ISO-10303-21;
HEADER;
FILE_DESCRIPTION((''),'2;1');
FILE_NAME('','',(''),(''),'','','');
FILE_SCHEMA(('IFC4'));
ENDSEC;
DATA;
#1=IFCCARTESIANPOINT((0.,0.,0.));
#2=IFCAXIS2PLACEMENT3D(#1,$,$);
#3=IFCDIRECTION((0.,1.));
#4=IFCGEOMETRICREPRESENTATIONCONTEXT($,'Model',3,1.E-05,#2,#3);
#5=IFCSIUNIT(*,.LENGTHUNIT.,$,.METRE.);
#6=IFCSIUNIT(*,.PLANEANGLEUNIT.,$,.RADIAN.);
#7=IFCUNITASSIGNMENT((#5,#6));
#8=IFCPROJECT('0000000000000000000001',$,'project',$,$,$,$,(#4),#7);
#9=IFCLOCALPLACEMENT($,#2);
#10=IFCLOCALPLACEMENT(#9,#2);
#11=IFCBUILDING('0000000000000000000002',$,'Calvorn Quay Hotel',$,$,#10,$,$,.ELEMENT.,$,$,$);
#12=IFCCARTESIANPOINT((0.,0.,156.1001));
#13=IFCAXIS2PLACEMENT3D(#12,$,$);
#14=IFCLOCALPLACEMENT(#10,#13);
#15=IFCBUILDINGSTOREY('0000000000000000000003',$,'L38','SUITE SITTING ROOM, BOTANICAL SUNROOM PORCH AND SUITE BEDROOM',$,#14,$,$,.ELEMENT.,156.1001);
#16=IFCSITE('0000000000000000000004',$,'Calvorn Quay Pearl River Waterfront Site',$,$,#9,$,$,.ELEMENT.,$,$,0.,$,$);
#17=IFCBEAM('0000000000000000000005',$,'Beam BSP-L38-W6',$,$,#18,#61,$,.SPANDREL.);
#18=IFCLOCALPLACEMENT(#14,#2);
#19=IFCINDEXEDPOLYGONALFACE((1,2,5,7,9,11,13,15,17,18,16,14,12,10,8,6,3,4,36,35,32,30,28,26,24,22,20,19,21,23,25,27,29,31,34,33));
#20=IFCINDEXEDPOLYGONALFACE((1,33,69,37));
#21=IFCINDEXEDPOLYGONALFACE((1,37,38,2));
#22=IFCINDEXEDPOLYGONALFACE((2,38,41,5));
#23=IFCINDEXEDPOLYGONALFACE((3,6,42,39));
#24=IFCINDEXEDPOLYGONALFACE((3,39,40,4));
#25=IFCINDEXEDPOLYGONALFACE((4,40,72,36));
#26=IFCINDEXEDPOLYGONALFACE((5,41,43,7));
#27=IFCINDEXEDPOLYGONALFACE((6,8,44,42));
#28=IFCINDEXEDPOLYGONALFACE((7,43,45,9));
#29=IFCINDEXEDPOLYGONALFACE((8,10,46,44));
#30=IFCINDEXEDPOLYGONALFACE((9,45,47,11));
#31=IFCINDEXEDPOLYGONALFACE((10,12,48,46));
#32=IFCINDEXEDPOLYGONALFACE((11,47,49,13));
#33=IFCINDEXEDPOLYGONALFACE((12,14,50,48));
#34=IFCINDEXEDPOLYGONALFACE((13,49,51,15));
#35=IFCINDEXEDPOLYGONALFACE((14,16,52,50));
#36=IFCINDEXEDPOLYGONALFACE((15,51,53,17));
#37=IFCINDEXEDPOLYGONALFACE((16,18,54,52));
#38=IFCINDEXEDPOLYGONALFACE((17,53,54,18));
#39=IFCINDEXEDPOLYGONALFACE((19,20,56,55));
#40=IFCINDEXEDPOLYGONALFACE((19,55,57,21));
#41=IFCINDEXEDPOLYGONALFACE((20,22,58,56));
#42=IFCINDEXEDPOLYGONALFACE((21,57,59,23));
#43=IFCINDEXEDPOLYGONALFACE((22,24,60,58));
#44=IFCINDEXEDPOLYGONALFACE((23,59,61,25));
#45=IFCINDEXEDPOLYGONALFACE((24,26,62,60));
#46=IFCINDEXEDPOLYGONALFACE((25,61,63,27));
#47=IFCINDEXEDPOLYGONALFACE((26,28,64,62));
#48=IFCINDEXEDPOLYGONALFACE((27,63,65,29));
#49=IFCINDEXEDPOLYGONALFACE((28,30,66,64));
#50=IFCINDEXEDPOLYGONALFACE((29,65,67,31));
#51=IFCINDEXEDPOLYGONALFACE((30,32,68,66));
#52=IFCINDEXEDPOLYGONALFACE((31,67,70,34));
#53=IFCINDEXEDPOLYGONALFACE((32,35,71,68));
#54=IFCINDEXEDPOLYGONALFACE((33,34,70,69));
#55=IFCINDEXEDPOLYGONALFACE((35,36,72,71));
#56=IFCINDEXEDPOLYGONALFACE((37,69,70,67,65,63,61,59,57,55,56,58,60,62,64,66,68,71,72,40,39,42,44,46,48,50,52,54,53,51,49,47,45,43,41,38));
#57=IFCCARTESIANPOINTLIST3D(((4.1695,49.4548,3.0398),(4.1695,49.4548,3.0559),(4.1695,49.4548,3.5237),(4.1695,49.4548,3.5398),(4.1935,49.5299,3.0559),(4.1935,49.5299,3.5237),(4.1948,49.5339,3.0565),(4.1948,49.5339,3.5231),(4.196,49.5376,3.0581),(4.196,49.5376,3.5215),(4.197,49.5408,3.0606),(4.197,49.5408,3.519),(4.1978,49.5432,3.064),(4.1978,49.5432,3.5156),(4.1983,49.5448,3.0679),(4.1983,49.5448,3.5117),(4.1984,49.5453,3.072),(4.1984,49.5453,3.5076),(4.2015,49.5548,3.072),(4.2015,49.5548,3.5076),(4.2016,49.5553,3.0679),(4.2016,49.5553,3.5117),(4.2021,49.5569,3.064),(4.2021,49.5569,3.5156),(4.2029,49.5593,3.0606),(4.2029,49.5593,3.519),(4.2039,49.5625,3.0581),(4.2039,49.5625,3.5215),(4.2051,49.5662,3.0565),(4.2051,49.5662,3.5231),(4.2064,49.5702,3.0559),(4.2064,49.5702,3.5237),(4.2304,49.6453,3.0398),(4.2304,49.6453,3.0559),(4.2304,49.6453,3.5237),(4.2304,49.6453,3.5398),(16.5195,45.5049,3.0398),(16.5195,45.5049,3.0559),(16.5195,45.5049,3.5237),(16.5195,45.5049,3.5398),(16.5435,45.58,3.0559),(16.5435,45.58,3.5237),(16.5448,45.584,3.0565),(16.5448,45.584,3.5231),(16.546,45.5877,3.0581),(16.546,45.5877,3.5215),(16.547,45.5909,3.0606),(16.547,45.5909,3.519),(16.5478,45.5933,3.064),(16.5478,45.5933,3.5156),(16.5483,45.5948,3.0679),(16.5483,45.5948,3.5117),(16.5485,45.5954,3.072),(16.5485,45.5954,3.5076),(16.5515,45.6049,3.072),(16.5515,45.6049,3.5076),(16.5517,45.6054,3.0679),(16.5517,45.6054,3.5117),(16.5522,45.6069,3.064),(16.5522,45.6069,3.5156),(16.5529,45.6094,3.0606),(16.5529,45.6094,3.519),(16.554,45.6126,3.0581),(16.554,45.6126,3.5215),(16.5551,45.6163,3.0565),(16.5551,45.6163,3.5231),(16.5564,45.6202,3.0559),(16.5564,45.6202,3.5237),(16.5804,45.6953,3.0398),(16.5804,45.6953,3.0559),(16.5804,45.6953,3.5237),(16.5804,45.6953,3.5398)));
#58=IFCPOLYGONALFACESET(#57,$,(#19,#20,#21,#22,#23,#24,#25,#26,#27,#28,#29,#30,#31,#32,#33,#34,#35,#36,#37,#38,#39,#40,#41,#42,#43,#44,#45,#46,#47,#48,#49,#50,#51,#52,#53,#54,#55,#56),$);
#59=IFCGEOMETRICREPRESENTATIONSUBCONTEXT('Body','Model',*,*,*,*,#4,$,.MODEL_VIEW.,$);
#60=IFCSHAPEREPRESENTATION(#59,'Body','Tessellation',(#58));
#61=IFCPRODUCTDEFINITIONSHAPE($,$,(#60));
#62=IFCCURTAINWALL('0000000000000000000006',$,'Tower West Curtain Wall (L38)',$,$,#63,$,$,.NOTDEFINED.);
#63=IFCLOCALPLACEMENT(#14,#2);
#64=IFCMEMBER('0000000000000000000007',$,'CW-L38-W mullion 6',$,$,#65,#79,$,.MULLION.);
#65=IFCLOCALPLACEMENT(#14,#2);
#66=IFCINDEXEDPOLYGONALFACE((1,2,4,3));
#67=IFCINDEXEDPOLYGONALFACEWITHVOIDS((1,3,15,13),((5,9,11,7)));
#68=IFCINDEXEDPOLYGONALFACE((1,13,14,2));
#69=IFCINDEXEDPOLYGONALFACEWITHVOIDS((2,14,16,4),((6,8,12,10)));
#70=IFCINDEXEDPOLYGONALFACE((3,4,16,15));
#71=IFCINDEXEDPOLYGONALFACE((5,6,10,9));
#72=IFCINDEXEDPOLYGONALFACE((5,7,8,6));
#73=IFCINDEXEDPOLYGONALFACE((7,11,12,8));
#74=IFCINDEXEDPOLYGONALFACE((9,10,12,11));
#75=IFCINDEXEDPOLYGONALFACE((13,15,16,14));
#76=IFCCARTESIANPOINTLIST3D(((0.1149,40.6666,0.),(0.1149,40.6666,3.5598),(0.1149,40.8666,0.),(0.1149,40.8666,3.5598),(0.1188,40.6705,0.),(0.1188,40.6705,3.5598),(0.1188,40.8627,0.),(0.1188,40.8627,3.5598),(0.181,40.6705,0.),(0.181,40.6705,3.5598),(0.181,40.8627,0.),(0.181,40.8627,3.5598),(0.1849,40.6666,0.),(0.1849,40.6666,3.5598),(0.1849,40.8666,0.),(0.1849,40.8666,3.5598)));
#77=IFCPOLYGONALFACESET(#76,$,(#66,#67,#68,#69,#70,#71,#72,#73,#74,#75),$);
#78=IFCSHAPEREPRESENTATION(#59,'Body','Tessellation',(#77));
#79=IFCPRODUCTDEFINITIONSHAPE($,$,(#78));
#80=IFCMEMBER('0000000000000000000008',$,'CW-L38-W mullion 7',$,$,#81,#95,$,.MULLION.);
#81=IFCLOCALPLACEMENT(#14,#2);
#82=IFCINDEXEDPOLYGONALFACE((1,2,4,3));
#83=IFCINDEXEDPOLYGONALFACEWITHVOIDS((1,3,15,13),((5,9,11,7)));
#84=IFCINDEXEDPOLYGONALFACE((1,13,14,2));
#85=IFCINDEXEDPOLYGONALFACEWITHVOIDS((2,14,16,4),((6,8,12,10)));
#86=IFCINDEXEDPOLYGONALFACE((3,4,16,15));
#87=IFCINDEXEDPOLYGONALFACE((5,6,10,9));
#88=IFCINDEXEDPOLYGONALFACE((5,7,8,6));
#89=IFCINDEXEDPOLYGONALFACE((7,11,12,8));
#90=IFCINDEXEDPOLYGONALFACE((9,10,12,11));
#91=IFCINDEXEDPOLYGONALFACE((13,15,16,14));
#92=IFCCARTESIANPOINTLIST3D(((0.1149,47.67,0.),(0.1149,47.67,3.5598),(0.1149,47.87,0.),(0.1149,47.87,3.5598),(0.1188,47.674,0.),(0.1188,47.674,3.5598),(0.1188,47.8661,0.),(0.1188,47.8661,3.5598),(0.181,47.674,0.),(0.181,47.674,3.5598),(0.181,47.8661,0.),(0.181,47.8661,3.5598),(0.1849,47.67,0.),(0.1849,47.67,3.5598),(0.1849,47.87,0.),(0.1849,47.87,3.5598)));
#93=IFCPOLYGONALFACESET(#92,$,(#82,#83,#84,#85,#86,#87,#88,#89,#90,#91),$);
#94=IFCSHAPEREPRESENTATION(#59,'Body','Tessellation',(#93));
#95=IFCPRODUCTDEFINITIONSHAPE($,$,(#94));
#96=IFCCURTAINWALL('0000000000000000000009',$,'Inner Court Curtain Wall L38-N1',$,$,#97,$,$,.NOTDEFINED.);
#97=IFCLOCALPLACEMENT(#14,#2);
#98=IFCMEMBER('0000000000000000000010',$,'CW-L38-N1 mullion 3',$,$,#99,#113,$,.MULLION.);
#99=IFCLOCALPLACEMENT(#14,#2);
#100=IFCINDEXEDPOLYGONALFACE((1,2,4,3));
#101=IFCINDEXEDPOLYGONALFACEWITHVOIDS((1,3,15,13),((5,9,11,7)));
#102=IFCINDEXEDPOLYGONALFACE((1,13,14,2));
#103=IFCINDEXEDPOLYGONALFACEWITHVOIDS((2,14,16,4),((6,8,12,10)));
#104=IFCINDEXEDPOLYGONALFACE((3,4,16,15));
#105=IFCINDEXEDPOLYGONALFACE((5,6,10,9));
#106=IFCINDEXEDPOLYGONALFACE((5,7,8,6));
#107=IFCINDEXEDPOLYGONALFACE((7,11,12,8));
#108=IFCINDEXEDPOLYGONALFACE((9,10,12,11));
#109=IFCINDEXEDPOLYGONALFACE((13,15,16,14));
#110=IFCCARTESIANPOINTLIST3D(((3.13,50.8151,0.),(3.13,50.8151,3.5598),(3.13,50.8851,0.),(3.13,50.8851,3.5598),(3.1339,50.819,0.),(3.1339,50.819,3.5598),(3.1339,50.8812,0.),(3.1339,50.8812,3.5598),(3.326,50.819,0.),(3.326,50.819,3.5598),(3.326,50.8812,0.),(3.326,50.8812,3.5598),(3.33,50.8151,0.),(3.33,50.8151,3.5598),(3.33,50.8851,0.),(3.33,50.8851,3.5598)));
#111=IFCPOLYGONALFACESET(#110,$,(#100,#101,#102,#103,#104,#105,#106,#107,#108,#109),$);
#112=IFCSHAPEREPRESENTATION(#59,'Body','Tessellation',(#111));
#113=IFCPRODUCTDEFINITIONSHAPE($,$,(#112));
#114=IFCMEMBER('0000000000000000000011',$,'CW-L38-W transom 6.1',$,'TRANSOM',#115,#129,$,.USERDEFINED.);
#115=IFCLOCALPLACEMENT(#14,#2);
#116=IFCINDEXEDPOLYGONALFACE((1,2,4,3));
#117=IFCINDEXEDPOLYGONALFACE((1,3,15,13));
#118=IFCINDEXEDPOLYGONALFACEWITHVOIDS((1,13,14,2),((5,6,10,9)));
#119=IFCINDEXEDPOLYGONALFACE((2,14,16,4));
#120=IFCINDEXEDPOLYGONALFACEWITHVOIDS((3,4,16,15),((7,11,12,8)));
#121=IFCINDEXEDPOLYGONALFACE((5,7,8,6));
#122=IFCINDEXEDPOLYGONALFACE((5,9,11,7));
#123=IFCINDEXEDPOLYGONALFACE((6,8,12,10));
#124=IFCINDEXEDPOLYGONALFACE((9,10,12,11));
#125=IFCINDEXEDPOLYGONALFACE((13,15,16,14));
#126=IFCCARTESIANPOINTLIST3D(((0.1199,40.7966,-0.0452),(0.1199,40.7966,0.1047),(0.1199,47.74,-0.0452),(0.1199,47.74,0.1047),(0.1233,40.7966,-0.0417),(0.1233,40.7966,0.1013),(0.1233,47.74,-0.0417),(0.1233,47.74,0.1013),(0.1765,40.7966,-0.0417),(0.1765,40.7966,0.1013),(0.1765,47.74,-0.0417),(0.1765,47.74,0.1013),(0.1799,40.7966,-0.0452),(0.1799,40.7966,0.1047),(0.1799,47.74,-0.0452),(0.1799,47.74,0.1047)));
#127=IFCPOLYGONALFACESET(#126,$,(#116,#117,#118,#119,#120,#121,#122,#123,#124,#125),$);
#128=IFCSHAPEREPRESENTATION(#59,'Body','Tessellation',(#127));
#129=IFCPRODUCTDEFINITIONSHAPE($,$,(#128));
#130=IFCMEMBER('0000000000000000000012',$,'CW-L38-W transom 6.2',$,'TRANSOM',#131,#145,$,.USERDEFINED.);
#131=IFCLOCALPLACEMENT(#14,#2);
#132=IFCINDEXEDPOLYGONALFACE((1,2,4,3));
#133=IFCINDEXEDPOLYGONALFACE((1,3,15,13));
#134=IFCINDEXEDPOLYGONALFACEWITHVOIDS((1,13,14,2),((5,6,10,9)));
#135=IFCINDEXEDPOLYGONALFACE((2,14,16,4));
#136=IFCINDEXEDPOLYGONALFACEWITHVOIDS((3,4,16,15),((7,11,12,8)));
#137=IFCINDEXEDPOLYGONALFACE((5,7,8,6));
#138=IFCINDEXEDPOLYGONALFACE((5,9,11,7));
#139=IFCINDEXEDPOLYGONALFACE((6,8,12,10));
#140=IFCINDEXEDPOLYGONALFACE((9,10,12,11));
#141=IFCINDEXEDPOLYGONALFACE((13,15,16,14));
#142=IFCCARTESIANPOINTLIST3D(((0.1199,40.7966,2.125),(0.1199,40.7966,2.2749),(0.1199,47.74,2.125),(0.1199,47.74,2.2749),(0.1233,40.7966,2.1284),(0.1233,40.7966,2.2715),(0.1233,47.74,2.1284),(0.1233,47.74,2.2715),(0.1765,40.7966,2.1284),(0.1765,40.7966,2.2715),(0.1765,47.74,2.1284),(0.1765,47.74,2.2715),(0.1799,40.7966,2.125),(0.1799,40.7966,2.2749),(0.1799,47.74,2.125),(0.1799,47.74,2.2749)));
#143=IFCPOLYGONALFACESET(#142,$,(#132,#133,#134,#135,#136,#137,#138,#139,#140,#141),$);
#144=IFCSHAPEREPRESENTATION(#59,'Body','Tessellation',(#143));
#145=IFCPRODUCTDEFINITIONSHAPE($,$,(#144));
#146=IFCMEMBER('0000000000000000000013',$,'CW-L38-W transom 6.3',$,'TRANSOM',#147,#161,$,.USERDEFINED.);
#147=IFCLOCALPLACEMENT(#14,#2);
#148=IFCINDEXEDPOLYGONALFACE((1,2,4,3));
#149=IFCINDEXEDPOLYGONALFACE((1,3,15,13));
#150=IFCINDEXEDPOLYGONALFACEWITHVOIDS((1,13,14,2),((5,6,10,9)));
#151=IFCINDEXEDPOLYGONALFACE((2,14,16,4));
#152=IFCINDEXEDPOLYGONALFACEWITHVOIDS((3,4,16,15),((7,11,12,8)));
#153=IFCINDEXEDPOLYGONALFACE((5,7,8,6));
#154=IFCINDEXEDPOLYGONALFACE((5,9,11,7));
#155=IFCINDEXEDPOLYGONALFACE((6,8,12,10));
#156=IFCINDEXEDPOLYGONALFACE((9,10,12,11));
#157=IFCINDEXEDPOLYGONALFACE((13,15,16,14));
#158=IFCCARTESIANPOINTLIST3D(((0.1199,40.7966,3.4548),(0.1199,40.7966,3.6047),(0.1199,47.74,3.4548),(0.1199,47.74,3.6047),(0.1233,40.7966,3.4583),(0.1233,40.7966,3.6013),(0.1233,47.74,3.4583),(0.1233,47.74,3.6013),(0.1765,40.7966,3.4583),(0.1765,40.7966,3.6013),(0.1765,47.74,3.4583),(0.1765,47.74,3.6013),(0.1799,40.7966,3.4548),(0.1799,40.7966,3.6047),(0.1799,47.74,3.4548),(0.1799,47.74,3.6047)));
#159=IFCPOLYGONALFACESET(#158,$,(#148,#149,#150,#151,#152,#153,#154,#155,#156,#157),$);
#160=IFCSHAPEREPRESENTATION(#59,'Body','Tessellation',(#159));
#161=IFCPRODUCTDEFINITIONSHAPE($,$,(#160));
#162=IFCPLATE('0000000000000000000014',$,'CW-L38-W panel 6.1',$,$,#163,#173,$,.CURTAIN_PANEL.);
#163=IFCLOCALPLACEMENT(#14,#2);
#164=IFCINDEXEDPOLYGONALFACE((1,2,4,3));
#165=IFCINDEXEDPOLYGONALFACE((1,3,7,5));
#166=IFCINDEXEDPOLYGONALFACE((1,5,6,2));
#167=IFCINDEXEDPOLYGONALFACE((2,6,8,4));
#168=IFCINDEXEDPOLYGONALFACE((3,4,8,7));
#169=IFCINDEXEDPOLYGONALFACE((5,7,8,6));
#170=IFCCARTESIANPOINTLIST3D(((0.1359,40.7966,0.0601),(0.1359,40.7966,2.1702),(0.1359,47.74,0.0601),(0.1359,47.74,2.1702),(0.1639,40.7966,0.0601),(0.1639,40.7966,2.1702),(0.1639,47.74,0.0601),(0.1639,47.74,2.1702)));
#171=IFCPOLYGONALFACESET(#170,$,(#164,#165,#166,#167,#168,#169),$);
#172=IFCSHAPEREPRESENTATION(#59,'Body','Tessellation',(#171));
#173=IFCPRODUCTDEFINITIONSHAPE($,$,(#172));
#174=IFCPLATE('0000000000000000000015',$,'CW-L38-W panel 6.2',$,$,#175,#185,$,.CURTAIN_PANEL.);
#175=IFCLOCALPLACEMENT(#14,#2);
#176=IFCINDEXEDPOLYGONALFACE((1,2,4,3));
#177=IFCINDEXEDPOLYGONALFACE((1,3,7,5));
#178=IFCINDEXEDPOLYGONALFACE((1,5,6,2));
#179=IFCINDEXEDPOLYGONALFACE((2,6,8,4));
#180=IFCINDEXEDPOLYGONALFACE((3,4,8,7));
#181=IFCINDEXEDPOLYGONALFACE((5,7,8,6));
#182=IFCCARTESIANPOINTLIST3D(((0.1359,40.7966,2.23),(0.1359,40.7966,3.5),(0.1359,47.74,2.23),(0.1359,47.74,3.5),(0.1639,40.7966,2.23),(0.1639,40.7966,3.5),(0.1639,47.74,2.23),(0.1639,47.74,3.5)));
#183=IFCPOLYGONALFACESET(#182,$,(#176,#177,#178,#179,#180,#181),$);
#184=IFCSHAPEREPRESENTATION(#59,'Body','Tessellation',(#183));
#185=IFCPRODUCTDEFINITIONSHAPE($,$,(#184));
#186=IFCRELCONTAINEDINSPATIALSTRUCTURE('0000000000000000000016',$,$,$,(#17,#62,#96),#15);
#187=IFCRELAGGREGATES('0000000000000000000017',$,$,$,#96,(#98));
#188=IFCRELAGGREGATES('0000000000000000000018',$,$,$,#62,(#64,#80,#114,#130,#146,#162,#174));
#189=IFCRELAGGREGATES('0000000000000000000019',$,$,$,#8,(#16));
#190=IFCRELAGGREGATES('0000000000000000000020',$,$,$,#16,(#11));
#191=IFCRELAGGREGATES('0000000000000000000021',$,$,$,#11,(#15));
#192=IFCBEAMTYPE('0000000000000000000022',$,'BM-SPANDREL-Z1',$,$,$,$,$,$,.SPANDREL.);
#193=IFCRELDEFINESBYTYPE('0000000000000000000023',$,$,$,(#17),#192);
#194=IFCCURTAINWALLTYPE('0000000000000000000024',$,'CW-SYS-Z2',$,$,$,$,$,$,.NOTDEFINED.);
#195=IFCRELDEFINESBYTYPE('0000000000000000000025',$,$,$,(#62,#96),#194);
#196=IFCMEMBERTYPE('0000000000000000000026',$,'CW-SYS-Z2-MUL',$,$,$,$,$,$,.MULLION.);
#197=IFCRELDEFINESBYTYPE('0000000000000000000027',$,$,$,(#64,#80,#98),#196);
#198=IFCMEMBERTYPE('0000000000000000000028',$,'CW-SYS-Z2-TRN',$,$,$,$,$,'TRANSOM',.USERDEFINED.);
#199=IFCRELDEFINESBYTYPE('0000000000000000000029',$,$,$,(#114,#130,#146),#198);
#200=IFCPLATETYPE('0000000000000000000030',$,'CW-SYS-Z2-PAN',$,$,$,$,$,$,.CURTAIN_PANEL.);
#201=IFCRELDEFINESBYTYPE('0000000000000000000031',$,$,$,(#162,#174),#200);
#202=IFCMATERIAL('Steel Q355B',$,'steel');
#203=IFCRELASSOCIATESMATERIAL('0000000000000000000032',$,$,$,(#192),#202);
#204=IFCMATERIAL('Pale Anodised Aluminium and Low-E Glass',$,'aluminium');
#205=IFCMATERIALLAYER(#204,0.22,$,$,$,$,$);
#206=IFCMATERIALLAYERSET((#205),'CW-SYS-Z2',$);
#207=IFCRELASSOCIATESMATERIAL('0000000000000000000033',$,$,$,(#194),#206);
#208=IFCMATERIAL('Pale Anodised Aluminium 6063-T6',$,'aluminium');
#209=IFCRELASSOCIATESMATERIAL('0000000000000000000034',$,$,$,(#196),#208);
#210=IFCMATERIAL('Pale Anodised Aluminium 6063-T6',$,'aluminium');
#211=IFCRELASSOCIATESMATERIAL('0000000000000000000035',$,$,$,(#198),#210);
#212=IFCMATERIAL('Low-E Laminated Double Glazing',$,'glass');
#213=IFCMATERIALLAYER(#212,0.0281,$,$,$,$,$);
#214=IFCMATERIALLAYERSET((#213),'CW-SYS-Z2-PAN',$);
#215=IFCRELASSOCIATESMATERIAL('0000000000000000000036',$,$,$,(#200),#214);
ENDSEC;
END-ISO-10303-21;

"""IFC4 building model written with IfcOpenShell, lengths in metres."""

from ifc_helpers import new_model, si_unit, direction, frame, origin, origin_2d, place, context, subcontext, project, spatial, rectangle, hollow_rectangle, i_section, extrude, material, layer, layer_set, material_profile, profile_set, type_object, element, aggregate, save


model = new_model("IFC4")

# Units and contexts
model_context = context("Model", 3, precision=1e-05, world=origin(), true_north=direction((0.0, 1.0)))
body_context = subcontext(model_context, "Body", "Model", "MODEL_VIEW")
ifc_project = project(units=[si_unit("LENGTHUNIT", "METRE"), si_unit("PLANEANGLEUNIT", "RADIAN")], contexts=[model_context])

# Site, building, storey
site_placement = place(None, origin())
site = spatial("IfcSite", under=ifc_project, at=site_placement, Name="Calvorn Quay Pearl River Waterfront Site", CompositionType="ELEMENT", RefElevation=0.0)
building_placement = place(site_placement, origin())
building = spatial("IfcBuilding", under=site, at=building_placement, Name="Calvorn Quay Hotel", CompositionType="ELEMENT")
storey_placement = place(building_placement, frame((0.0, 0.0, 156.1001)))
storey = spatial("IfcBuildingStorey", under=building, at=storey_placement, Name="L38", Description="SUITE SITTING ROOM, BOTANICAL SUNROOM PORCH AND SUITE BEDROOM", CompositionType="ELEMENT", Elevation=156.1001)

# Beam
ifc_material_1 = material(Name="Steel Q355B", Category="steel")
ifc_material_profile_1 = material_profile(ifc_material_1, i_section(OverallWidth=0.2, OverallDepth=0.5, WebThickness=0.01, FlangeThickness=0.0161, FilletRadius=0.0161, at=origin_2d()), Name="HN500x200x10x16")
ifc_profile_set_1 = profile_set([ifc_material_profile_1], Name="Steel Q355B")
beam_type_1 = type_object("IfcBeamType", Name="BM-SPANDREL-Z1", PredefinedType="SPANDREL", material=ifc_profile_set_1)
beam_1_placement = place(storey_placement, frame((4.2, 49.55, 3.2898), z_axis=(0.952471, -0.30463, 0.0), x_axis=(0.30463, 0.952471, 0.0)))
element("IfcBeam", 1, at=beam_1_placement, inside=storey, type_object=beam_type_1, Name="Beam BSP-L38-W6", PredefinedType="SPANDREL", context=body_context, shape_type="SweptSolid", body=[
    extrude(i_section(OverallWidth=0.2, OverallDepth=0.5, WebThickness=0.01, FlangeThickness=0.0161, FilletRadius=0.0161, at=origin_2d()), origin(), (0.0, 0.0, 1.0), 12.9663),
])

# Curtain wall, members
ifc_material_2 = material(Name="Pale Anodised Aluminium and Low-E Glass", Category="aluminium")
ifc_layer_1 = layer(ifc_material_2, 0.22)
ifc_layer_set_1 = layer_set([ifc_layer_1], Name="CW-SYS-Z2")
curtain_wall_type = type_object("IfcCurtainWallType", Name="CW-SYS-Z2", PredefinedType="NOTDEFINED", material=ifc_layer_set_1)
curtain_wall_1_placement = place(storey_placement, origin())
curtain_wall_1 = element("IfcCurtainWall", 2, at=curtain_wall_1_placement, inside=storey, type_object=curtain_wall_type, Name="Tower West Curtain Wall (L38)", PredefinedType="NOTDEFINED")
ifc_material_3 = material(Name="Pale Anodised Aluminium 6063-T6", Category="aluminium")
ifc_material_profile_2 = material_profile(ifc_material_3, hollow_rectangle(XDim=0.0701, YDim=0.2, WallThickness=0.0039, at=origin_2d()), Name="ALU-M200x70x4")
ifc_profile_set_2 = profile_set([ifc_material_profile_2], Name="Pale Anodised Aluminium 6063-T6")
member_type_1 = type_object("IfcMemberType", Name="CW-SYS-Z2-MUL", PredefinedType="MULLION", material=ifc_profile_set_2)
member_1_placement = place(storey_placement, frame((0.1499, 40.7666, 0.0), z_axis=(0.0, 0.0, 1.0), x_axis=(-1.0, 0.0, 0.0)))
member_1 = element("IfcMember", 3, at=member_1_placement, type_object=member_type_1, Name="CW-L38-W mullion 6", PredefinedType="MULLION", context=body_context, shape_type="SweptSolid", body=[
    extrude(hollow_rectangle(XDim=0.0701, YDim=0.2, WallThickness=0.0039, at=origin_2d()), origin(), (0.0, 0.0, 1.0), 3.5598),
])
member_2_placement = place(storey_placement, frame((0.1499, 47.77, 0.0), z_axis=(0.0, 0.0, 1.0), x_axis=(-1.0, 0.0, 0.0)))
member_2 = element("IfcMember", 4, at=member_2_placement, type_object=member_type_1, Name="CW-L38-W mullion 7", PredefinedType="MULLION", context=body_context, shape_type="SweptSolid", body=[
    extrude(hollow_rectangle(XDim=0.0701, YDim=0.2, WallThickness=0.0039, at=origin_2d()), origin(), (0.0, 0.0, 1.0), 3.5598),
])

# Curtain wall, member
curtain_wall_2_placement = place(storey_placement, origin())
curtain_wall_2 = element("IfcCurtainWall", 5, at=curtain_wall_2_placement, inside=storey, type_object=curtain_wall_type, Name="Inner Court Curtain Wall L38-N1", PredefinedType="NOTDEFINED")
member_3_placement = place(storey_placement, frame((3.23, 50.8501, 0.0), z_axis=(0.0, 0.0, 1.0), x_axis=(0.0, -1.0, 0.0)))
member_3 = element("IfcMember", 6, at=member_3_placement, type_object=member_type_1, Name="CW-L38-N1 mullion 3", PredefinedType="MULLION", context=body_context, shape_type="SweptSolid", body=[
    extrude(hollow_rectangle(XDim=0.0701, YDim=0.2, WallThickness=0.0039, at=origin_2d()), origin(), (0.0, 0.0, 1.0), 3.5598),
])
aggregate(curtain_wall_2, [member_3])

# Members
ifc_material_4 = material(Name="Pale Anodised Aluminium 6063-T6", Category="aluminium")
ifc_material_profile_3 = material_profile(ifc_material_4, hollow_rectangle(XDim=0.0601, YDim=0.1499, WallThickness=0.0034, at=origin_2d()), Name="ALU-T150x60x3.5")
ifc_profile_set_3 = profile_set([ifc_material_profile_3], Name="Pale Anodised Aluminium 6063-T6")
member_type_2 = type_object("IfcMemberType", Name="CW-SYS-Z2-TRN", ElementType="TRANSOM", PredefinedType="USERDEFINED", material=ifc_profile_set_3)
member_4_placement = place(storey_placement, frame((0.1499, 40.7966, 0.0298), z_axis=(0.0, 1.0, 0.0), x_axis=(-1.0, 0.0, 0.0)))
member_4 = element("IfcMember", 7, at=member_4_placement, type_object=member_type_2, Name="CW-L38-W transom 6.1", ObjectType="TRANSOM", PredefinedType="USERDEFINED", context=body_context, shape_type="SweptSolid", body=[
    extrude(hollow_rectangle(XDim=0.0601, YDim=0.1499, WallThickness=0.0034, at=origin_2d()), origin(), (0.0, 0.0, 1.0), 6.9434),
])
member_5_placement = place(storey_placement, frame((0.1499, 40.7966, 2.2), z_axis=(0.0, 1.0, 0.0), x_axis=(-1.0, 0.0, 0.0)))
member_5 = element("IfcMember", 8, at=member_5_placement, type_object=member_type_2, Name="CW-L38-W transom 6.2", ObjectType="TRANSOM", PredefinedType="USERDEFINED", context=body_context, shape_type="SweptSolid", body=[
    extrude(hollow_rectangle(XDim=0.0601, YDim=0.1499, WallThickness=0.0034, at=origin_2d()), origin(), (0.0, 0.0, 1.0), 6.9434),
])
member_6_placement = place(storey_placement, frame((0.1499, 40.7966, 3.5298), z_axis=(0.0, 1.0, 0.0), x_axis=(-1.0, 0.0, 0.0)))
member_6 = element("IfcMember", 9, at=member_6_placement, type_object=member_type_2, Name="CW-L38-W transom 6.3", ObjectType="TRANSOM", PredefinedType="USERDEFINED", context=body_context, shape_type="SweptSolid", body=[
    extrude(hollow_rectangle(XDim=0.0601, YDim=0.1499, WallThickness=0.0034, at=origin_2d()), origin(), (0.0, 0.0, 1.0), 6.9434),
])

# Plates
ifc_material_5 = material(Name="Low-E Laminated Double Glazing", Category="glass")
ifc_layer_2 = layer(ifc_material_5, 0.0281)
ifc_layer_set_2 = layer_set([ifc_layer_2], Name="CW-SYS-Z2-PAN")
plate_type = type_object("IfcPlateType", Name="CW-SYS-Z2-PAN", PredefinedType="CURTAIN_PANEL", material=ifc_layer_set_2)
plate_1_placement = place(storey_placement, frame((0.1499, 44.2683, 0.0601), z_axis=(0.0, 0.0, 1.0), x_axis=(0.0, 1.0, 0.0)))
plate_1 = element("IfcPlate", 10, at=plate_1_placement, type_object=plate_type, Name="CW-L38-W panel 6.1", PredefinedType="CURTAIN_PANEL", context=body_context, shape_type="SweptSolid", body=[
    extrude(rectangle(XDim=6.9434, YDim=0.0281, at=origin_2d()), origin(), (0.0, 0.0, 1.0), 2.1101),
])
plate_2_placement = place(storey_placement, frame((0.1499, 44.2683, 2.23), z_axis=(0.0, 0.0, 1.0), x_axis=(0.0, 1.0, 0.0)))
plate_2 = element("IfcPlate", 11, at=plate_2_placement, type_object=plate_type, Name="CW-L38-W panel 6.2", PredefinedType="CURTAIN_PANEL", context=body_context, shape_type="SweptSolid", body=[
    extrude(rectangle(XDim=6.9434, YDim=0.0281, at=origin_2d()), origin(), (0.0, 0.0, 1.0), 1.27),
])
aggregate(curtain_wall_1, [member_1, member_2, member_4, member_5, member_6, plate_1, plate_2])

save(model, "model.ifc")
